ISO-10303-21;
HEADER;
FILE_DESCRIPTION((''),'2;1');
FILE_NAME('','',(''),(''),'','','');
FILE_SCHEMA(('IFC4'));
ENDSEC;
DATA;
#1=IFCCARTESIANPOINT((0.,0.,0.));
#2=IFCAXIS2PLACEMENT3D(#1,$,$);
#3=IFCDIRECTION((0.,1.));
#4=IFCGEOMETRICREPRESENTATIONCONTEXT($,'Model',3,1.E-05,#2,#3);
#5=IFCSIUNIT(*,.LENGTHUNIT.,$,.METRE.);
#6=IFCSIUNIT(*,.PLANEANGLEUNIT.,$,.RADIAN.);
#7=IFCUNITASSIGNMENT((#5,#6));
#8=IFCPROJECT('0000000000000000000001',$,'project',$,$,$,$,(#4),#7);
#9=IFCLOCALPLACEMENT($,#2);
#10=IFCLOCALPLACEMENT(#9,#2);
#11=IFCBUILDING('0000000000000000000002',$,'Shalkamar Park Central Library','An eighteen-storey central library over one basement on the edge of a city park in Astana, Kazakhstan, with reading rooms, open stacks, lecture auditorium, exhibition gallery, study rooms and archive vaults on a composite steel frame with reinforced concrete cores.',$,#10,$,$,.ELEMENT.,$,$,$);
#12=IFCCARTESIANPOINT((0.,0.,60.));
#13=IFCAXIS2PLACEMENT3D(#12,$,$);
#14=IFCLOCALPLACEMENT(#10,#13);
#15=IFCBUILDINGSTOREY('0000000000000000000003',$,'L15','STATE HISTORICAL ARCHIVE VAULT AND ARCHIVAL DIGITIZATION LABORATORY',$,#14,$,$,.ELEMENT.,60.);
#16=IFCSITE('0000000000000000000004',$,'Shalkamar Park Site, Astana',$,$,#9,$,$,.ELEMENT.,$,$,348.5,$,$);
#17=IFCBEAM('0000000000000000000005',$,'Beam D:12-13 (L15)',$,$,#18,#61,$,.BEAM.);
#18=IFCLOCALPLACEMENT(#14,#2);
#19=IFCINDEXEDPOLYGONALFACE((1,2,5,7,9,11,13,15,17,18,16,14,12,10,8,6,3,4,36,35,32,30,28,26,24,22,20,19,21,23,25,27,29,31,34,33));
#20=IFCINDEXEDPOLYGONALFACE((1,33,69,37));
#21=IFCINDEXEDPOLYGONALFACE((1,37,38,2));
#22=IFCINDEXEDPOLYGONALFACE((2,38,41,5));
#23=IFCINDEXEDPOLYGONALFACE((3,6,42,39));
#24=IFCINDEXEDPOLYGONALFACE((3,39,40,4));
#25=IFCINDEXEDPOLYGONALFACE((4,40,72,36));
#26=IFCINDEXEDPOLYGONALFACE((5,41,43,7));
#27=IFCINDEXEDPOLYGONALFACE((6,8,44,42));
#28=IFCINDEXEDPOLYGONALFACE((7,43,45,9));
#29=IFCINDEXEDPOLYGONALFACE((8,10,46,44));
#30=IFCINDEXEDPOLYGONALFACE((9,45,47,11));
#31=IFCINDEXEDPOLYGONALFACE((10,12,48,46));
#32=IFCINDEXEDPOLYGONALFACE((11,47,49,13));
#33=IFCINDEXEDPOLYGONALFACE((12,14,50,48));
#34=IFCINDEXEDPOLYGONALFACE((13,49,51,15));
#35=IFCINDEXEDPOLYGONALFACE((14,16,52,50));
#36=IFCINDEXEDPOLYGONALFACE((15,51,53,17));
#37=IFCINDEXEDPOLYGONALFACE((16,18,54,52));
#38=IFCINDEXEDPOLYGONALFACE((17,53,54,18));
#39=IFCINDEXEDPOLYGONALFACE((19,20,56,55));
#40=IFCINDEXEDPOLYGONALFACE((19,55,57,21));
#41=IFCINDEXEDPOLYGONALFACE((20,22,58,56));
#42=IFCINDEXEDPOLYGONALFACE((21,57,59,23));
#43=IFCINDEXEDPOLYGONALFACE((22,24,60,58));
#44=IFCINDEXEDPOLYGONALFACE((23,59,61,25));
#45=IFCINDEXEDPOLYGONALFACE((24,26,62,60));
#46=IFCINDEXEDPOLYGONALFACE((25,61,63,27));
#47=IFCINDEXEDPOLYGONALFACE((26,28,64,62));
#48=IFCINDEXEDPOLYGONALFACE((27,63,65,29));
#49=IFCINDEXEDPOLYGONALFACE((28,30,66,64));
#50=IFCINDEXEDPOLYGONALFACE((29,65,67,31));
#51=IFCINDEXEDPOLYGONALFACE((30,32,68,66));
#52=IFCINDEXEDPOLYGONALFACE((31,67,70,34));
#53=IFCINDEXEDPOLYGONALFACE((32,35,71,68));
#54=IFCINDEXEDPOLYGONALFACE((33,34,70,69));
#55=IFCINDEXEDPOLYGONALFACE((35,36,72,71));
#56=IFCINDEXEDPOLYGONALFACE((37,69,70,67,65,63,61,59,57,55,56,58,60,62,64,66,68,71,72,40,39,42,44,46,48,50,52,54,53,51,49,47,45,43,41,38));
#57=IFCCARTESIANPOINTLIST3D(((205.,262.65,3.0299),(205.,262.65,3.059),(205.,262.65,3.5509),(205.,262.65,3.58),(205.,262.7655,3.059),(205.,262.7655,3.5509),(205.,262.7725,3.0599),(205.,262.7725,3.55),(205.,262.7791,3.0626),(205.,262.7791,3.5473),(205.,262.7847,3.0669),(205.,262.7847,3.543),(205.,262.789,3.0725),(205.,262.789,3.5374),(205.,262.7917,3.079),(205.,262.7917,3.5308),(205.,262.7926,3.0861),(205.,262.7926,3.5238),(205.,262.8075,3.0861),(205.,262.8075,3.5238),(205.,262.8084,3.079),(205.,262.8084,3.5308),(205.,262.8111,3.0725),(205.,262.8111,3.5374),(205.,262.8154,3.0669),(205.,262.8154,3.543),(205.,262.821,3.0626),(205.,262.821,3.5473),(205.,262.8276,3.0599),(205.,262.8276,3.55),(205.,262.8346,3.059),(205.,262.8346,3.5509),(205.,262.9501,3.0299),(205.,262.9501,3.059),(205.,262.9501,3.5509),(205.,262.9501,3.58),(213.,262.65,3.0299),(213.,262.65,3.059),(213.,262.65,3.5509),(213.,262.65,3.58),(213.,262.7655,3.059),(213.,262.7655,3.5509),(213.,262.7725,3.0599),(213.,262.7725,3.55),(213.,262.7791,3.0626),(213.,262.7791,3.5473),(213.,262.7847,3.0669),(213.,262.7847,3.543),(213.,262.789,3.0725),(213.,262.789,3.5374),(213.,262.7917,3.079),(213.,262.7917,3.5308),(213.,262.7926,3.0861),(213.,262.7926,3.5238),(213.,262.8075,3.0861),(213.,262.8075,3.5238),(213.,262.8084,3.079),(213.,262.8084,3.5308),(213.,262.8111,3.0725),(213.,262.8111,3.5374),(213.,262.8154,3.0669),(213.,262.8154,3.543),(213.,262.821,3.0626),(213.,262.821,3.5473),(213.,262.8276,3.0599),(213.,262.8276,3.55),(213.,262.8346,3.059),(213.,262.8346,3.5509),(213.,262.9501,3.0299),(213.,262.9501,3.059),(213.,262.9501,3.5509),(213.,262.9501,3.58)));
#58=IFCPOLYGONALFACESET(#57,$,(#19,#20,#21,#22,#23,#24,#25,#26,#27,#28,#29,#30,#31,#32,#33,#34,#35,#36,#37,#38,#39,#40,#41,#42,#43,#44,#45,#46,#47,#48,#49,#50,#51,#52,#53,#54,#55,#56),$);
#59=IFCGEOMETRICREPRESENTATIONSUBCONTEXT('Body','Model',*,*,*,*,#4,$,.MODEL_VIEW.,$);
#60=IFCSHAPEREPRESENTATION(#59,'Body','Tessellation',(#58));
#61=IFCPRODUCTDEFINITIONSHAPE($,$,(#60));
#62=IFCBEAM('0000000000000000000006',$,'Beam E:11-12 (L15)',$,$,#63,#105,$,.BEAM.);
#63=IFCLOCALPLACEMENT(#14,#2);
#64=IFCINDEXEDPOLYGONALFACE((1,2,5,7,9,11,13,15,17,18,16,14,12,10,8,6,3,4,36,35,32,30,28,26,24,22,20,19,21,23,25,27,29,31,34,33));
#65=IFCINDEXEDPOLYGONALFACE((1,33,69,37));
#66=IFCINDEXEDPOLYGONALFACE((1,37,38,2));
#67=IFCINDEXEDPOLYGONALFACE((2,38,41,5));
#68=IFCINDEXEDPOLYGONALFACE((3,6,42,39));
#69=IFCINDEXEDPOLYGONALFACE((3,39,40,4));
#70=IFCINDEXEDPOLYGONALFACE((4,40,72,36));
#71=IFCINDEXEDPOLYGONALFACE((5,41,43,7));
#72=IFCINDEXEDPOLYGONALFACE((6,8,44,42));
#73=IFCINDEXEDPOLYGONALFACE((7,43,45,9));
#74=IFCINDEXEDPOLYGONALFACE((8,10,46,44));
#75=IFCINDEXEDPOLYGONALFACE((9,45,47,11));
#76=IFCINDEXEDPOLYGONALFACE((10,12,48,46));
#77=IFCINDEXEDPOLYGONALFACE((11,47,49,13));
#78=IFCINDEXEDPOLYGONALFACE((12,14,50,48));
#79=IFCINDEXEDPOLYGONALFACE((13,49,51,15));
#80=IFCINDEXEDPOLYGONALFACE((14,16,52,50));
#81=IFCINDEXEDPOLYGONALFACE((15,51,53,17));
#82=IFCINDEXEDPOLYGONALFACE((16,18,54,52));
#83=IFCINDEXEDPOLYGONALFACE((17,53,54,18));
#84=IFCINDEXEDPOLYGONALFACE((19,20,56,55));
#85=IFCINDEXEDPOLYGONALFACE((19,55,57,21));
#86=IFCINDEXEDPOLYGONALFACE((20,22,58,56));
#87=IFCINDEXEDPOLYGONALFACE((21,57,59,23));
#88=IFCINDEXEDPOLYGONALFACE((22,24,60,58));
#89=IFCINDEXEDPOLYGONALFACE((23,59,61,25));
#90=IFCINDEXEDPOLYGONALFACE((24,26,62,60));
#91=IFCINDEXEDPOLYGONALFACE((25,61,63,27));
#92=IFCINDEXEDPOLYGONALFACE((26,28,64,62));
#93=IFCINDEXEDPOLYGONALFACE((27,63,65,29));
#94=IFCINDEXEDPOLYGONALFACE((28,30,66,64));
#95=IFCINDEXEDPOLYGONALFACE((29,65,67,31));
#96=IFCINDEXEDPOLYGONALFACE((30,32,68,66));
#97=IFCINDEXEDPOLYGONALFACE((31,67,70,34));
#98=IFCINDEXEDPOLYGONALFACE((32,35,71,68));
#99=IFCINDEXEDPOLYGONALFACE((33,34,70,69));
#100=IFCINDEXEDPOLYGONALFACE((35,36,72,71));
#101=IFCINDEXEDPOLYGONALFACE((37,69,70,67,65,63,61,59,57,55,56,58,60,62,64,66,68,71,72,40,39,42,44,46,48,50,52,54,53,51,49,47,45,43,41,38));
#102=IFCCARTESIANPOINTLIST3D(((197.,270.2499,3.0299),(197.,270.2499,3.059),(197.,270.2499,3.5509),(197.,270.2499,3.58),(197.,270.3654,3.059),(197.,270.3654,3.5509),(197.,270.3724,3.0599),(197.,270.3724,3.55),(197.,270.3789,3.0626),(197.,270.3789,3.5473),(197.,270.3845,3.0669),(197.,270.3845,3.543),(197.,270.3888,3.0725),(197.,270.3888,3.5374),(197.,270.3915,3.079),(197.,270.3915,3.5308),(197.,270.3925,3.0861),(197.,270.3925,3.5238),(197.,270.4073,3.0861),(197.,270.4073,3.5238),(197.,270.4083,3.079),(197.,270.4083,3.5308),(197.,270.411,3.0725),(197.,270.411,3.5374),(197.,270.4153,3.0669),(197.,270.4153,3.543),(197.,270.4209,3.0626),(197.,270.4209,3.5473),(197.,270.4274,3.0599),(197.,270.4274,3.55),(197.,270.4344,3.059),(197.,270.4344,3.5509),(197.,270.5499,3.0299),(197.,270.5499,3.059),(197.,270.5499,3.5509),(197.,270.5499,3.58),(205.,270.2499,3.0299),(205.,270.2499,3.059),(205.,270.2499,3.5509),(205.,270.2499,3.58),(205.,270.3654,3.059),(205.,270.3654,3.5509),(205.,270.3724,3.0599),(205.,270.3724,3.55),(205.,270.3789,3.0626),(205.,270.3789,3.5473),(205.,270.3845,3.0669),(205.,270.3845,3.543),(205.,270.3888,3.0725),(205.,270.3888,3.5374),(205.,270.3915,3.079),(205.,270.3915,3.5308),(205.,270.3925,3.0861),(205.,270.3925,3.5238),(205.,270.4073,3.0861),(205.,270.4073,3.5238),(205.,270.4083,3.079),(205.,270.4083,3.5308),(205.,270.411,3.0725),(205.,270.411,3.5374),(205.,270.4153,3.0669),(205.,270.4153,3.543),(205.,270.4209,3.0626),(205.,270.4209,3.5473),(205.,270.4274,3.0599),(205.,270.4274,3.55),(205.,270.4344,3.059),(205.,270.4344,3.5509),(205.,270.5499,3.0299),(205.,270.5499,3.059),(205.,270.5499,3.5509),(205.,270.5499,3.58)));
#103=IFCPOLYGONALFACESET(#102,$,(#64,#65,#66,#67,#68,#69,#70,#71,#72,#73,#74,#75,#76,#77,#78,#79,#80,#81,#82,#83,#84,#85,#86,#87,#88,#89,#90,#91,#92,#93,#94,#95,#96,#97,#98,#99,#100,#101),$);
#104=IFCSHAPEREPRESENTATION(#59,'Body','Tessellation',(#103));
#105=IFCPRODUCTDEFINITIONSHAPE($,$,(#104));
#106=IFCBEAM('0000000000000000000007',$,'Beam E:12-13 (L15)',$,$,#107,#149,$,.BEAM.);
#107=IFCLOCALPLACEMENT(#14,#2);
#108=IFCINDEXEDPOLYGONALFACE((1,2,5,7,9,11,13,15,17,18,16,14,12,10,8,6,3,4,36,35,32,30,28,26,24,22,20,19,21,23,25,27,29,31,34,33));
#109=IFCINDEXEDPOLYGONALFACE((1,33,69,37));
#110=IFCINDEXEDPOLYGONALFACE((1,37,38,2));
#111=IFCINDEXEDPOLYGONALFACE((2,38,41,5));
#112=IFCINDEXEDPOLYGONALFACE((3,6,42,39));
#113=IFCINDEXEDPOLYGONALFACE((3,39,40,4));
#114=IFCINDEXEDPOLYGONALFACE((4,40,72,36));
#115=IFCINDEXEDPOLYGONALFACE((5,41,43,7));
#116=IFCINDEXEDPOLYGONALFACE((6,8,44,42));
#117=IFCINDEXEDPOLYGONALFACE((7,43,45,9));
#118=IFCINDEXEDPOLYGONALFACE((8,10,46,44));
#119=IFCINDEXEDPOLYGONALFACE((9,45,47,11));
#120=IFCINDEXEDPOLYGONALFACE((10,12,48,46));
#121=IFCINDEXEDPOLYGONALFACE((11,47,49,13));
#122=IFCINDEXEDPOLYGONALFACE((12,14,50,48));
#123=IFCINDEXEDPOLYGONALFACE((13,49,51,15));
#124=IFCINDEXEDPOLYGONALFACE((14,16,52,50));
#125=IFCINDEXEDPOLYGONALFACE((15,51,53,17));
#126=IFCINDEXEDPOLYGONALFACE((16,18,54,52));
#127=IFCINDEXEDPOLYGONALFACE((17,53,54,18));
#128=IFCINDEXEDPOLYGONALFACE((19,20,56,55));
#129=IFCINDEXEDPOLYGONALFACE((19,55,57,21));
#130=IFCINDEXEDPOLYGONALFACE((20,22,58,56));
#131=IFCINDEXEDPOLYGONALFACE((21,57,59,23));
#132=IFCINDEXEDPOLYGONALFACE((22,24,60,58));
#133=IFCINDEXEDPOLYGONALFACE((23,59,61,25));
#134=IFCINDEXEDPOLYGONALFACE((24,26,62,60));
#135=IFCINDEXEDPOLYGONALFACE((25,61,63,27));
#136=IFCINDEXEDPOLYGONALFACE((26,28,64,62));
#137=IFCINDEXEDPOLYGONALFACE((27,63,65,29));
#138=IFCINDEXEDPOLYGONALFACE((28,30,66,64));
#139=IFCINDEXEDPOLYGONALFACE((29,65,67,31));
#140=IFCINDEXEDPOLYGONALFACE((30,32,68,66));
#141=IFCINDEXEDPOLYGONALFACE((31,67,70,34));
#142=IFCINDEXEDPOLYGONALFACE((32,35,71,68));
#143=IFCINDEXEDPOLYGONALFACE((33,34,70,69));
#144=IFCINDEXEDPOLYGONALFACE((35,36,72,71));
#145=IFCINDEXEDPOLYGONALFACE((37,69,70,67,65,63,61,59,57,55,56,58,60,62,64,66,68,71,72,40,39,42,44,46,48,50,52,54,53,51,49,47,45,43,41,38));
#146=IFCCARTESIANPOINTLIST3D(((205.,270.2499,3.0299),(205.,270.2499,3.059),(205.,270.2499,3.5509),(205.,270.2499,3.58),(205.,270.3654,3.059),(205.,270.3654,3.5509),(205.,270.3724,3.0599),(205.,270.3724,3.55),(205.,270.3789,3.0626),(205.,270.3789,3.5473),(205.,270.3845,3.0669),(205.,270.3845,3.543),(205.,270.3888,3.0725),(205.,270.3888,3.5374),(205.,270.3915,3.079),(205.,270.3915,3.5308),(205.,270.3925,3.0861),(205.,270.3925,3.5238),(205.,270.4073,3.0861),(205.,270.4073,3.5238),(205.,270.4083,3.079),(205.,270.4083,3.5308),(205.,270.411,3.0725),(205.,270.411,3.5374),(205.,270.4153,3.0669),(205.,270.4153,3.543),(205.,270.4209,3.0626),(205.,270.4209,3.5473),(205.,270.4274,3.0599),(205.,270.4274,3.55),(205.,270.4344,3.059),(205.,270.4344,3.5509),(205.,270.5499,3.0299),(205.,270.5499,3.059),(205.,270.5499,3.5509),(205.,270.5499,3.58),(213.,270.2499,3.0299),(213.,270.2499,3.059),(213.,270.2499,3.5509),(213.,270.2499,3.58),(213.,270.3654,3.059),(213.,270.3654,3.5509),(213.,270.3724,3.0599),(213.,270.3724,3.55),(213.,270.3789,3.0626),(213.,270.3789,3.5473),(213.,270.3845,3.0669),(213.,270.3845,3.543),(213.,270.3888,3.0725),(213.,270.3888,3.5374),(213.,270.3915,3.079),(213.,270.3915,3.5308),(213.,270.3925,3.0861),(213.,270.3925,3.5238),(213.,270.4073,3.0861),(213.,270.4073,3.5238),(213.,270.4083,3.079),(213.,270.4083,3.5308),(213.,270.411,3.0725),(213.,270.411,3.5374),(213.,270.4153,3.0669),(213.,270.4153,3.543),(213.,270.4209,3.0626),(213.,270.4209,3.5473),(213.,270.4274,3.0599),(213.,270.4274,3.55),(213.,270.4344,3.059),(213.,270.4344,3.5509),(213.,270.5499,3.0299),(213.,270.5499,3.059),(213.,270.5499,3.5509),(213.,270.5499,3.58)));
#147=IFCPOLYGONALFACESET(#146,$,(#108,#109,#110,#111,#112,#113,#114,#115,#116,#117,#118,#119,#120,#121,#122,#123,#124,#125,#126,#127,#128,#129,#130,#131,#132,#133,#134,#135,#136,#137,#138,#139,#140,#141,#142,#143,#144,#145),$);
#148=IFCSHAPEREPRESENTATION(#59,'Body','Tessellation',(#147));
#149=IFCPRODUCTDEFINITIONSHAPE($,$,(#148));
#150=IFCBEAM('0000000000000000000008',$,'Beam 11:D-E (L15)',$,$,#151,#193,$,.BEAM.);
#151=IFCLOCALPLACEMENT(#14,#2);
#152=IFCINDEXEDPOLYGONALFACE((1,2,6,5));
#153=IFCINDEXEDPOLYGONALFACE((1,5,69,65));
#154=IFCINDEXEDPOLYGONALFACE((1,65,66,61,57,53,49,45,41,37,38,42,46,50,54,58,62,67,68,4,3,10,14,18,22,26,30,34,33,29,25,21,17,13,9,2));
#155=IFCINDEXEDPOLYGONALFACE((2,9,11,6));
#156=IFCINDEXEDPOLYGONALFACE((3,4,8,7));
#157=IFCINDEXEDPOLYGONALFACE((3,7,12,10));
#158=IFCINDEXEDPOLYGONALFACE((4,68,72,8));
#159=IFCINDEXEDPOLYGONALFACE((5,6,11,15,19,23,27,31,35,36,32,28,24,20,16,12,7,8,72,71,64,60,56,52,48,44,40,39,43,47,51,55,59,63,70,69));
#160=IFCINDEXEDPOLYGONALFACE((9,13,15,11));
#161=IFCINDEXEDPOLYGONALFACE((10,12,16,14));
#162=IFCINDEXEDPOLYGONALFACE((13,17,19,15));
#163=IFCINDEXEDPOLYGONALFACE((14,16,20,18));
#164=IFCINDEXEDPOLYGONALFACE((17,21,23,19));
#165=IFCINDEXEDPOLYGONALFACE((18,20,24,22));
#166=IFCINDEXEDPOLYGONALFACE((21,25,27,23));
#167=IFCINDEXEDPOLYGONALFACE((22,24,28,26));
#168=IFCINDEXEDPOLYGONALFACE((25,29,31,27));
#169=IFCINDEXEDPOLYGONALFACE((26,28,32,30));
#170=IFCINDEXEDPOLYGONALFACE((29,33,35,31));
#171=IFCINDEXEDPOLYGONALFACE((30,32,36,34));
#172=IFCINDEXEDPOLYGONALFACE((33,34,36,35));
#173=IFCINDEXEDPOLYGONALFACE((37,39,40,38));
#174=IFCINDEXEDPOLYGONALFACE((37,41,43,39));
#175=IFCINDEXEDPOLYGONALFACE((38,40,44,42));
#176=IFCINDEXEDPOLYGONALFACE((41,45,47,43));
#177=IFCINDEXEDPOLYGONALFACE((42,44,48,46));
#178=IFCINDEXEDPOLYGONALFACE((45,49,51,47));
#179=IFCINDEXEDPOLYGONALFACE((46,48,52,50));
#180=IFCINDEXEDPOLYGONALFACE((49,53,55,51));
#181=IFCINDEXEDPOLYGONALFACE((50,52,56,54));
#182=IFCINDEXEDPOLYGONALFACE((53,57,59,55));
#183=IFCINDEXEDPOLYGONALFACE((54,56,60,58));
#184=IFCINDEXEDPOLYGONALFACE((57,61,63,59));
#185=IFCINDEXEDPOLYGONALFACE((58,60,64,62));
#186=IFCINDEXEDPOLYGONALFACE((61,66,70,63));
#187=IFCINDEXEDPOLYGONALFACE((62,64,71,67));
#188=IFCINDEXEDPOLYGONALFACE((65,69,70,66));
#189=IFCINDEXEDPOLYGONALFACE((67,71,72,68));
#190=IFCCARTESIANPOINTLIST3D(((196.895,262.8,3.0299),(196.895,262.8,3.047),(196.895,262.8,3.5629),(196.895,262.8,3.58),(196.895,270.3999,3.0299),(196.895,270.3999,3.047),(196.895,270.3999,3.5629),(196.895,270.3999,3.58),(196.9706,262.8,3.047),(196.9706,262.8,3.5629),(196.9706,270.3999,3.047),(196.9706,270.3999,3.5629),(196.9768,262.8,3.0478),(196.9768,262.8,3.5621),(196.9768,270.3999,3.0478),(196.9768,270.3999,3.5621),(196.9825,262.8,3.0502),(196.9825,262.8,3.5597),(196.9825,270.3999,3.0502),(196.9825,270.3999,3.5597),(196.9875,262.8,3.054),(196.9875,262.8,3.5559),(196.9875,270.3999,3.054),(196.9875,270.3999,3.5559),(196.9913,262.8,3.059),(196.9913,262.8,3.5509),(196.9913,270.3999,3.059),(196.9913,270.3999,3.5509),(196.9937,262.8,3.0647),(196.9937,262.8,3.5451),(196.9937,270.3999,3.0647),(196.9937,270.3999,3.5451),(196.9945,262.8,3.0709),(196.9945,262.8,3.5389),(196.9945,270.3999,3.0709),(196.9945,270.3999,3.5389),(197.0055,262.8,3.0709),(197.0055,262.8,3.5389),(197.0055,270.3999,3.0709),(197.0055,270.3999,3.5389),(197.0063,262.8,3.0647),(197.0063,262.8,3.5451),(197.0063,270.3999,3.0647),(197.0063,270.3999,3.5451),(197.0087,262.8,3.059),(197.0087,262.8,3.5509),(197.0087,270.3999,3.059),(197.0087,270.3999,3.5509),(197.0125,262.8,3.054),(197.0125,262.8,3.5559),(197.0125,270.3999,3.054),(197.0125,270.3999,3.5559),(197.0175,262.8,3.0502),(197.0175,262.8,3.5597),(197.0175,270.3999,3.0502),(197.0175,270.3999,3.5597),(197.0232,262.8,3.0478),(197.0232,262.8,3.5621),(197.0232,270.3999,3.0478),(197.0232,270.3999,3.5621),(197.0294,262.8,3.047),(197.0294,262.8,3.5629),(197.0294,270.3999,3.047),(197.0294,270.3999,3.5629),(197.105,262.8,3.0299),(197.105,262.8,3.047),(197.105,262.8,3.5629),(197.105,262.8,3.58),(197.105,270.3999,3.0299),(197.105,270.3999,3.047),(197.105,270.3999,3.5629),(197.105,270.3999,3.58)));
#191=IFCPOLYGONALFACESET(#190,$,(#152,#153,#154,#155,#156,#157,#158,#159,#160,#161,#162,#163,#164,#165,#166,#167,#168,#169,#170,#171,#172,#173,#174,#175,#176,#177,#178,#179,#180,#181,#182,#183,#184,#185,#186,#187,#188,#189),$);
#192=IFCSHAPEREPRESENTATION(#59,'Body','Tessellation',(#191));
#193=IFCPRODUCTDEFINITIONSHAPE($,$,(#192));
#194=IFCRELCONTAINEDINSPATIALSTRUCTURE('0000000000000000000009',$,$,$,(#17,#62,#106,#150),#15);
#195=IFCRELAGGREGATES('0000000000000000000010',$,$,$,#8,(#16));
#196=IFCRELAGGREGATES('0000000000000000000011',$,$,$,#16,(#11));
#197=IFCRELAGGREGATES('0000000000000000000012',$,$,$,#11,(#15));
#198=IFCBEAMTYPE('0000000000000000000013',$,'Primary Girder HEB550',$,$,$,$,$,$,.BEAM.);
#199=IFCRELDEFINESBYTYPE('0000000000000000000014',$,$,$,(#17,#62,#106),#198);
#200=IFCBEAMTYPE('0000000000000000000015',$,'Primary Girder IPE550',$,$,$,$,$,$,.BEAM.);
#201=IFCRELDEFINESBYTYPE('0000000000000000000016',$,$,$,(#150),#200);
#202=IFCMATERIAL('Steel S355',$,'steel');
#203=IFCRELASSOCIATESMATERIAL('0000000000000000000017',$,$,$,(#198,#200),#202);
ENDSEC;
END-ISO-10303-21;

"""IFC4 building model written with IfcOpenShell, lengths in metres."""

from ifc_helpers import new_model, si_unit, direction, frame, origin, origin_2d, place, context, subcontext, project, spatial, i_section, extrude, material, material_profile, profile_set, type_object, element, save


model = new_model("IFC4")

# Units and contexts
model_context = context("Model", 3, precision=1e-05, world=origin(), true_north=direction((0.0, 1.0)))
body_context = subcontext(model_context, "Body", "Model", "MODEL_VIEW")
ifc_project = project(units=[si_unit("LENGTHUNIT", "METRE"), si_unit("PLANEANGLEUNIT", "RADIAN")], contexts=[model_context])

# Site, building, storey
site_placement = place(None, origin())
site = spatial("IfcSite", under=ifc_project, at=site_placement, Name="Shalkamar Park Site, Astana", CompositionType="ELEMENT", RefElevation=348.5)
building_placement = place(site_placement, origin())
building = spatial("IfcBuilding", under=site, at=building_placement, Name="Shalkamar Park Central Library", Description="An eighteen-storey central library over one basement on the edge of a city park in Astana, Kazakhstan, with reading rooms, open stacks, lecture auditorium, exhibition gallery, study rooms and archive vaults on a composite steel frame with reinforced concrete cores.", CompositionType="ELEMENT")
storey_placement = place(building_placement, frame((0.0, 0.0, 60.0)))
storey = spatial("IfcBuildingStorey", under=building, at=storey_placement, Name="L15", Description="STATE HISTORICAL ARCHIVE VAULT AND ARCHIVAL DIGITIZATION LABORATORY", CompositionType="ELEMENT", Elevation=60.0)

# Shared definitions
ifc_material_1 = material(Name="Steel S355", Category="steel")

# Beams
ifc_material_profile_1 = material_profile(ifc_material_1, i_section(OverallWidth=0.3, OverallDepth=0.55, WebThickness=0.0149, FlangeThickness=0.0291, FilletRadius=0.0271, at=origin_2d()), Name="HEB 550")
ifc_profile_set_1 = profile_set([ifc_material_profile_1], Name="Steel S355")
beam_type_1 = type_object("IfcBeamType", Name="Primary Girder HEB550", PredefinedType="BEAM", material=ifc_profile_set_1)
for number, where, z_axis, x_axis, name in (
    (1, (205.0, 262.8, 3.3049), (1.0, 0.0, 0.0), (0.0, 1.0, 0.0), "Beam D:12-13 (L15)"),
    (2, (197.0, 270.3999, 3.3049), (1.0, 0.0, 0.0), (0.0, 1.0, 0.0), "Beam E:11-12 (L15)"),
    (3, (205.0, 270.3999, 3.3049), (1.0, 0.0, 0.0), (0.0, 1.0, 0.0), "Beam E:12-13 (L15)"),
):
    element("IfcBeam", number, at=place(storey_placement, frame(where, z_axis=z_axis, x_axis=x_axis)), inside=storey, type_object=beam_type_1, Name=name, PredefinedType="BEAM", context=body_context, shape_type="SweptSolid", body=[
        extrude(i_section(OverallWidth=0.3, OverallDepth=0.55, WebThickness=0.0149, FlangeThickness=0.0291, FilletRadius=0.0271, at=origin_2d()), origin(), (0.0, 0.0, 1.0), 8.0),
    ])
ifc_material_profile_2 = material_profile(ifc_material_1, i_section(OverallWidth=0.21, OverallDepth=0.55, WebThickness=0.011, FlangeThickness=0.0171, FilletRadius=0.0239, at=origin_2d()), Name="IPE 550")
ifc_profile_set_2 = profile_set([ifc_material_profile_2], Name="Steel S355")
beam_type_2 = type_object("IfcBeamType", Name="Primary Girder IPE550", PredefinedType="BEAM", material=ifc_profile_set_2)
beam_1_placement = place(storey_placement, frame((197.0, 262.8, 3.3049), z_axis=(0.0, 1.0, 0.0), x_axis=(-1.0, 0.0, 0.0)))
element("IfcBeam", 4, at=beam_1_placement, inside=storey, type_object=beam_type_2, Name="Beam 11:D-E (L15)", PredefinedType="BEAM", context=body_context, shape_type="SweptSolid", body=[
    extrude(i_section(OverallWidth=0.21, OverallDepth=0.55, WebThickness=0.011, FlangeThickness=0.0171, FilletRadius=0.0239, at=origin_2d()), origin(), (0.0, 0.0, 1.0), 7.5999),
])

save(model, "model.ifc")
